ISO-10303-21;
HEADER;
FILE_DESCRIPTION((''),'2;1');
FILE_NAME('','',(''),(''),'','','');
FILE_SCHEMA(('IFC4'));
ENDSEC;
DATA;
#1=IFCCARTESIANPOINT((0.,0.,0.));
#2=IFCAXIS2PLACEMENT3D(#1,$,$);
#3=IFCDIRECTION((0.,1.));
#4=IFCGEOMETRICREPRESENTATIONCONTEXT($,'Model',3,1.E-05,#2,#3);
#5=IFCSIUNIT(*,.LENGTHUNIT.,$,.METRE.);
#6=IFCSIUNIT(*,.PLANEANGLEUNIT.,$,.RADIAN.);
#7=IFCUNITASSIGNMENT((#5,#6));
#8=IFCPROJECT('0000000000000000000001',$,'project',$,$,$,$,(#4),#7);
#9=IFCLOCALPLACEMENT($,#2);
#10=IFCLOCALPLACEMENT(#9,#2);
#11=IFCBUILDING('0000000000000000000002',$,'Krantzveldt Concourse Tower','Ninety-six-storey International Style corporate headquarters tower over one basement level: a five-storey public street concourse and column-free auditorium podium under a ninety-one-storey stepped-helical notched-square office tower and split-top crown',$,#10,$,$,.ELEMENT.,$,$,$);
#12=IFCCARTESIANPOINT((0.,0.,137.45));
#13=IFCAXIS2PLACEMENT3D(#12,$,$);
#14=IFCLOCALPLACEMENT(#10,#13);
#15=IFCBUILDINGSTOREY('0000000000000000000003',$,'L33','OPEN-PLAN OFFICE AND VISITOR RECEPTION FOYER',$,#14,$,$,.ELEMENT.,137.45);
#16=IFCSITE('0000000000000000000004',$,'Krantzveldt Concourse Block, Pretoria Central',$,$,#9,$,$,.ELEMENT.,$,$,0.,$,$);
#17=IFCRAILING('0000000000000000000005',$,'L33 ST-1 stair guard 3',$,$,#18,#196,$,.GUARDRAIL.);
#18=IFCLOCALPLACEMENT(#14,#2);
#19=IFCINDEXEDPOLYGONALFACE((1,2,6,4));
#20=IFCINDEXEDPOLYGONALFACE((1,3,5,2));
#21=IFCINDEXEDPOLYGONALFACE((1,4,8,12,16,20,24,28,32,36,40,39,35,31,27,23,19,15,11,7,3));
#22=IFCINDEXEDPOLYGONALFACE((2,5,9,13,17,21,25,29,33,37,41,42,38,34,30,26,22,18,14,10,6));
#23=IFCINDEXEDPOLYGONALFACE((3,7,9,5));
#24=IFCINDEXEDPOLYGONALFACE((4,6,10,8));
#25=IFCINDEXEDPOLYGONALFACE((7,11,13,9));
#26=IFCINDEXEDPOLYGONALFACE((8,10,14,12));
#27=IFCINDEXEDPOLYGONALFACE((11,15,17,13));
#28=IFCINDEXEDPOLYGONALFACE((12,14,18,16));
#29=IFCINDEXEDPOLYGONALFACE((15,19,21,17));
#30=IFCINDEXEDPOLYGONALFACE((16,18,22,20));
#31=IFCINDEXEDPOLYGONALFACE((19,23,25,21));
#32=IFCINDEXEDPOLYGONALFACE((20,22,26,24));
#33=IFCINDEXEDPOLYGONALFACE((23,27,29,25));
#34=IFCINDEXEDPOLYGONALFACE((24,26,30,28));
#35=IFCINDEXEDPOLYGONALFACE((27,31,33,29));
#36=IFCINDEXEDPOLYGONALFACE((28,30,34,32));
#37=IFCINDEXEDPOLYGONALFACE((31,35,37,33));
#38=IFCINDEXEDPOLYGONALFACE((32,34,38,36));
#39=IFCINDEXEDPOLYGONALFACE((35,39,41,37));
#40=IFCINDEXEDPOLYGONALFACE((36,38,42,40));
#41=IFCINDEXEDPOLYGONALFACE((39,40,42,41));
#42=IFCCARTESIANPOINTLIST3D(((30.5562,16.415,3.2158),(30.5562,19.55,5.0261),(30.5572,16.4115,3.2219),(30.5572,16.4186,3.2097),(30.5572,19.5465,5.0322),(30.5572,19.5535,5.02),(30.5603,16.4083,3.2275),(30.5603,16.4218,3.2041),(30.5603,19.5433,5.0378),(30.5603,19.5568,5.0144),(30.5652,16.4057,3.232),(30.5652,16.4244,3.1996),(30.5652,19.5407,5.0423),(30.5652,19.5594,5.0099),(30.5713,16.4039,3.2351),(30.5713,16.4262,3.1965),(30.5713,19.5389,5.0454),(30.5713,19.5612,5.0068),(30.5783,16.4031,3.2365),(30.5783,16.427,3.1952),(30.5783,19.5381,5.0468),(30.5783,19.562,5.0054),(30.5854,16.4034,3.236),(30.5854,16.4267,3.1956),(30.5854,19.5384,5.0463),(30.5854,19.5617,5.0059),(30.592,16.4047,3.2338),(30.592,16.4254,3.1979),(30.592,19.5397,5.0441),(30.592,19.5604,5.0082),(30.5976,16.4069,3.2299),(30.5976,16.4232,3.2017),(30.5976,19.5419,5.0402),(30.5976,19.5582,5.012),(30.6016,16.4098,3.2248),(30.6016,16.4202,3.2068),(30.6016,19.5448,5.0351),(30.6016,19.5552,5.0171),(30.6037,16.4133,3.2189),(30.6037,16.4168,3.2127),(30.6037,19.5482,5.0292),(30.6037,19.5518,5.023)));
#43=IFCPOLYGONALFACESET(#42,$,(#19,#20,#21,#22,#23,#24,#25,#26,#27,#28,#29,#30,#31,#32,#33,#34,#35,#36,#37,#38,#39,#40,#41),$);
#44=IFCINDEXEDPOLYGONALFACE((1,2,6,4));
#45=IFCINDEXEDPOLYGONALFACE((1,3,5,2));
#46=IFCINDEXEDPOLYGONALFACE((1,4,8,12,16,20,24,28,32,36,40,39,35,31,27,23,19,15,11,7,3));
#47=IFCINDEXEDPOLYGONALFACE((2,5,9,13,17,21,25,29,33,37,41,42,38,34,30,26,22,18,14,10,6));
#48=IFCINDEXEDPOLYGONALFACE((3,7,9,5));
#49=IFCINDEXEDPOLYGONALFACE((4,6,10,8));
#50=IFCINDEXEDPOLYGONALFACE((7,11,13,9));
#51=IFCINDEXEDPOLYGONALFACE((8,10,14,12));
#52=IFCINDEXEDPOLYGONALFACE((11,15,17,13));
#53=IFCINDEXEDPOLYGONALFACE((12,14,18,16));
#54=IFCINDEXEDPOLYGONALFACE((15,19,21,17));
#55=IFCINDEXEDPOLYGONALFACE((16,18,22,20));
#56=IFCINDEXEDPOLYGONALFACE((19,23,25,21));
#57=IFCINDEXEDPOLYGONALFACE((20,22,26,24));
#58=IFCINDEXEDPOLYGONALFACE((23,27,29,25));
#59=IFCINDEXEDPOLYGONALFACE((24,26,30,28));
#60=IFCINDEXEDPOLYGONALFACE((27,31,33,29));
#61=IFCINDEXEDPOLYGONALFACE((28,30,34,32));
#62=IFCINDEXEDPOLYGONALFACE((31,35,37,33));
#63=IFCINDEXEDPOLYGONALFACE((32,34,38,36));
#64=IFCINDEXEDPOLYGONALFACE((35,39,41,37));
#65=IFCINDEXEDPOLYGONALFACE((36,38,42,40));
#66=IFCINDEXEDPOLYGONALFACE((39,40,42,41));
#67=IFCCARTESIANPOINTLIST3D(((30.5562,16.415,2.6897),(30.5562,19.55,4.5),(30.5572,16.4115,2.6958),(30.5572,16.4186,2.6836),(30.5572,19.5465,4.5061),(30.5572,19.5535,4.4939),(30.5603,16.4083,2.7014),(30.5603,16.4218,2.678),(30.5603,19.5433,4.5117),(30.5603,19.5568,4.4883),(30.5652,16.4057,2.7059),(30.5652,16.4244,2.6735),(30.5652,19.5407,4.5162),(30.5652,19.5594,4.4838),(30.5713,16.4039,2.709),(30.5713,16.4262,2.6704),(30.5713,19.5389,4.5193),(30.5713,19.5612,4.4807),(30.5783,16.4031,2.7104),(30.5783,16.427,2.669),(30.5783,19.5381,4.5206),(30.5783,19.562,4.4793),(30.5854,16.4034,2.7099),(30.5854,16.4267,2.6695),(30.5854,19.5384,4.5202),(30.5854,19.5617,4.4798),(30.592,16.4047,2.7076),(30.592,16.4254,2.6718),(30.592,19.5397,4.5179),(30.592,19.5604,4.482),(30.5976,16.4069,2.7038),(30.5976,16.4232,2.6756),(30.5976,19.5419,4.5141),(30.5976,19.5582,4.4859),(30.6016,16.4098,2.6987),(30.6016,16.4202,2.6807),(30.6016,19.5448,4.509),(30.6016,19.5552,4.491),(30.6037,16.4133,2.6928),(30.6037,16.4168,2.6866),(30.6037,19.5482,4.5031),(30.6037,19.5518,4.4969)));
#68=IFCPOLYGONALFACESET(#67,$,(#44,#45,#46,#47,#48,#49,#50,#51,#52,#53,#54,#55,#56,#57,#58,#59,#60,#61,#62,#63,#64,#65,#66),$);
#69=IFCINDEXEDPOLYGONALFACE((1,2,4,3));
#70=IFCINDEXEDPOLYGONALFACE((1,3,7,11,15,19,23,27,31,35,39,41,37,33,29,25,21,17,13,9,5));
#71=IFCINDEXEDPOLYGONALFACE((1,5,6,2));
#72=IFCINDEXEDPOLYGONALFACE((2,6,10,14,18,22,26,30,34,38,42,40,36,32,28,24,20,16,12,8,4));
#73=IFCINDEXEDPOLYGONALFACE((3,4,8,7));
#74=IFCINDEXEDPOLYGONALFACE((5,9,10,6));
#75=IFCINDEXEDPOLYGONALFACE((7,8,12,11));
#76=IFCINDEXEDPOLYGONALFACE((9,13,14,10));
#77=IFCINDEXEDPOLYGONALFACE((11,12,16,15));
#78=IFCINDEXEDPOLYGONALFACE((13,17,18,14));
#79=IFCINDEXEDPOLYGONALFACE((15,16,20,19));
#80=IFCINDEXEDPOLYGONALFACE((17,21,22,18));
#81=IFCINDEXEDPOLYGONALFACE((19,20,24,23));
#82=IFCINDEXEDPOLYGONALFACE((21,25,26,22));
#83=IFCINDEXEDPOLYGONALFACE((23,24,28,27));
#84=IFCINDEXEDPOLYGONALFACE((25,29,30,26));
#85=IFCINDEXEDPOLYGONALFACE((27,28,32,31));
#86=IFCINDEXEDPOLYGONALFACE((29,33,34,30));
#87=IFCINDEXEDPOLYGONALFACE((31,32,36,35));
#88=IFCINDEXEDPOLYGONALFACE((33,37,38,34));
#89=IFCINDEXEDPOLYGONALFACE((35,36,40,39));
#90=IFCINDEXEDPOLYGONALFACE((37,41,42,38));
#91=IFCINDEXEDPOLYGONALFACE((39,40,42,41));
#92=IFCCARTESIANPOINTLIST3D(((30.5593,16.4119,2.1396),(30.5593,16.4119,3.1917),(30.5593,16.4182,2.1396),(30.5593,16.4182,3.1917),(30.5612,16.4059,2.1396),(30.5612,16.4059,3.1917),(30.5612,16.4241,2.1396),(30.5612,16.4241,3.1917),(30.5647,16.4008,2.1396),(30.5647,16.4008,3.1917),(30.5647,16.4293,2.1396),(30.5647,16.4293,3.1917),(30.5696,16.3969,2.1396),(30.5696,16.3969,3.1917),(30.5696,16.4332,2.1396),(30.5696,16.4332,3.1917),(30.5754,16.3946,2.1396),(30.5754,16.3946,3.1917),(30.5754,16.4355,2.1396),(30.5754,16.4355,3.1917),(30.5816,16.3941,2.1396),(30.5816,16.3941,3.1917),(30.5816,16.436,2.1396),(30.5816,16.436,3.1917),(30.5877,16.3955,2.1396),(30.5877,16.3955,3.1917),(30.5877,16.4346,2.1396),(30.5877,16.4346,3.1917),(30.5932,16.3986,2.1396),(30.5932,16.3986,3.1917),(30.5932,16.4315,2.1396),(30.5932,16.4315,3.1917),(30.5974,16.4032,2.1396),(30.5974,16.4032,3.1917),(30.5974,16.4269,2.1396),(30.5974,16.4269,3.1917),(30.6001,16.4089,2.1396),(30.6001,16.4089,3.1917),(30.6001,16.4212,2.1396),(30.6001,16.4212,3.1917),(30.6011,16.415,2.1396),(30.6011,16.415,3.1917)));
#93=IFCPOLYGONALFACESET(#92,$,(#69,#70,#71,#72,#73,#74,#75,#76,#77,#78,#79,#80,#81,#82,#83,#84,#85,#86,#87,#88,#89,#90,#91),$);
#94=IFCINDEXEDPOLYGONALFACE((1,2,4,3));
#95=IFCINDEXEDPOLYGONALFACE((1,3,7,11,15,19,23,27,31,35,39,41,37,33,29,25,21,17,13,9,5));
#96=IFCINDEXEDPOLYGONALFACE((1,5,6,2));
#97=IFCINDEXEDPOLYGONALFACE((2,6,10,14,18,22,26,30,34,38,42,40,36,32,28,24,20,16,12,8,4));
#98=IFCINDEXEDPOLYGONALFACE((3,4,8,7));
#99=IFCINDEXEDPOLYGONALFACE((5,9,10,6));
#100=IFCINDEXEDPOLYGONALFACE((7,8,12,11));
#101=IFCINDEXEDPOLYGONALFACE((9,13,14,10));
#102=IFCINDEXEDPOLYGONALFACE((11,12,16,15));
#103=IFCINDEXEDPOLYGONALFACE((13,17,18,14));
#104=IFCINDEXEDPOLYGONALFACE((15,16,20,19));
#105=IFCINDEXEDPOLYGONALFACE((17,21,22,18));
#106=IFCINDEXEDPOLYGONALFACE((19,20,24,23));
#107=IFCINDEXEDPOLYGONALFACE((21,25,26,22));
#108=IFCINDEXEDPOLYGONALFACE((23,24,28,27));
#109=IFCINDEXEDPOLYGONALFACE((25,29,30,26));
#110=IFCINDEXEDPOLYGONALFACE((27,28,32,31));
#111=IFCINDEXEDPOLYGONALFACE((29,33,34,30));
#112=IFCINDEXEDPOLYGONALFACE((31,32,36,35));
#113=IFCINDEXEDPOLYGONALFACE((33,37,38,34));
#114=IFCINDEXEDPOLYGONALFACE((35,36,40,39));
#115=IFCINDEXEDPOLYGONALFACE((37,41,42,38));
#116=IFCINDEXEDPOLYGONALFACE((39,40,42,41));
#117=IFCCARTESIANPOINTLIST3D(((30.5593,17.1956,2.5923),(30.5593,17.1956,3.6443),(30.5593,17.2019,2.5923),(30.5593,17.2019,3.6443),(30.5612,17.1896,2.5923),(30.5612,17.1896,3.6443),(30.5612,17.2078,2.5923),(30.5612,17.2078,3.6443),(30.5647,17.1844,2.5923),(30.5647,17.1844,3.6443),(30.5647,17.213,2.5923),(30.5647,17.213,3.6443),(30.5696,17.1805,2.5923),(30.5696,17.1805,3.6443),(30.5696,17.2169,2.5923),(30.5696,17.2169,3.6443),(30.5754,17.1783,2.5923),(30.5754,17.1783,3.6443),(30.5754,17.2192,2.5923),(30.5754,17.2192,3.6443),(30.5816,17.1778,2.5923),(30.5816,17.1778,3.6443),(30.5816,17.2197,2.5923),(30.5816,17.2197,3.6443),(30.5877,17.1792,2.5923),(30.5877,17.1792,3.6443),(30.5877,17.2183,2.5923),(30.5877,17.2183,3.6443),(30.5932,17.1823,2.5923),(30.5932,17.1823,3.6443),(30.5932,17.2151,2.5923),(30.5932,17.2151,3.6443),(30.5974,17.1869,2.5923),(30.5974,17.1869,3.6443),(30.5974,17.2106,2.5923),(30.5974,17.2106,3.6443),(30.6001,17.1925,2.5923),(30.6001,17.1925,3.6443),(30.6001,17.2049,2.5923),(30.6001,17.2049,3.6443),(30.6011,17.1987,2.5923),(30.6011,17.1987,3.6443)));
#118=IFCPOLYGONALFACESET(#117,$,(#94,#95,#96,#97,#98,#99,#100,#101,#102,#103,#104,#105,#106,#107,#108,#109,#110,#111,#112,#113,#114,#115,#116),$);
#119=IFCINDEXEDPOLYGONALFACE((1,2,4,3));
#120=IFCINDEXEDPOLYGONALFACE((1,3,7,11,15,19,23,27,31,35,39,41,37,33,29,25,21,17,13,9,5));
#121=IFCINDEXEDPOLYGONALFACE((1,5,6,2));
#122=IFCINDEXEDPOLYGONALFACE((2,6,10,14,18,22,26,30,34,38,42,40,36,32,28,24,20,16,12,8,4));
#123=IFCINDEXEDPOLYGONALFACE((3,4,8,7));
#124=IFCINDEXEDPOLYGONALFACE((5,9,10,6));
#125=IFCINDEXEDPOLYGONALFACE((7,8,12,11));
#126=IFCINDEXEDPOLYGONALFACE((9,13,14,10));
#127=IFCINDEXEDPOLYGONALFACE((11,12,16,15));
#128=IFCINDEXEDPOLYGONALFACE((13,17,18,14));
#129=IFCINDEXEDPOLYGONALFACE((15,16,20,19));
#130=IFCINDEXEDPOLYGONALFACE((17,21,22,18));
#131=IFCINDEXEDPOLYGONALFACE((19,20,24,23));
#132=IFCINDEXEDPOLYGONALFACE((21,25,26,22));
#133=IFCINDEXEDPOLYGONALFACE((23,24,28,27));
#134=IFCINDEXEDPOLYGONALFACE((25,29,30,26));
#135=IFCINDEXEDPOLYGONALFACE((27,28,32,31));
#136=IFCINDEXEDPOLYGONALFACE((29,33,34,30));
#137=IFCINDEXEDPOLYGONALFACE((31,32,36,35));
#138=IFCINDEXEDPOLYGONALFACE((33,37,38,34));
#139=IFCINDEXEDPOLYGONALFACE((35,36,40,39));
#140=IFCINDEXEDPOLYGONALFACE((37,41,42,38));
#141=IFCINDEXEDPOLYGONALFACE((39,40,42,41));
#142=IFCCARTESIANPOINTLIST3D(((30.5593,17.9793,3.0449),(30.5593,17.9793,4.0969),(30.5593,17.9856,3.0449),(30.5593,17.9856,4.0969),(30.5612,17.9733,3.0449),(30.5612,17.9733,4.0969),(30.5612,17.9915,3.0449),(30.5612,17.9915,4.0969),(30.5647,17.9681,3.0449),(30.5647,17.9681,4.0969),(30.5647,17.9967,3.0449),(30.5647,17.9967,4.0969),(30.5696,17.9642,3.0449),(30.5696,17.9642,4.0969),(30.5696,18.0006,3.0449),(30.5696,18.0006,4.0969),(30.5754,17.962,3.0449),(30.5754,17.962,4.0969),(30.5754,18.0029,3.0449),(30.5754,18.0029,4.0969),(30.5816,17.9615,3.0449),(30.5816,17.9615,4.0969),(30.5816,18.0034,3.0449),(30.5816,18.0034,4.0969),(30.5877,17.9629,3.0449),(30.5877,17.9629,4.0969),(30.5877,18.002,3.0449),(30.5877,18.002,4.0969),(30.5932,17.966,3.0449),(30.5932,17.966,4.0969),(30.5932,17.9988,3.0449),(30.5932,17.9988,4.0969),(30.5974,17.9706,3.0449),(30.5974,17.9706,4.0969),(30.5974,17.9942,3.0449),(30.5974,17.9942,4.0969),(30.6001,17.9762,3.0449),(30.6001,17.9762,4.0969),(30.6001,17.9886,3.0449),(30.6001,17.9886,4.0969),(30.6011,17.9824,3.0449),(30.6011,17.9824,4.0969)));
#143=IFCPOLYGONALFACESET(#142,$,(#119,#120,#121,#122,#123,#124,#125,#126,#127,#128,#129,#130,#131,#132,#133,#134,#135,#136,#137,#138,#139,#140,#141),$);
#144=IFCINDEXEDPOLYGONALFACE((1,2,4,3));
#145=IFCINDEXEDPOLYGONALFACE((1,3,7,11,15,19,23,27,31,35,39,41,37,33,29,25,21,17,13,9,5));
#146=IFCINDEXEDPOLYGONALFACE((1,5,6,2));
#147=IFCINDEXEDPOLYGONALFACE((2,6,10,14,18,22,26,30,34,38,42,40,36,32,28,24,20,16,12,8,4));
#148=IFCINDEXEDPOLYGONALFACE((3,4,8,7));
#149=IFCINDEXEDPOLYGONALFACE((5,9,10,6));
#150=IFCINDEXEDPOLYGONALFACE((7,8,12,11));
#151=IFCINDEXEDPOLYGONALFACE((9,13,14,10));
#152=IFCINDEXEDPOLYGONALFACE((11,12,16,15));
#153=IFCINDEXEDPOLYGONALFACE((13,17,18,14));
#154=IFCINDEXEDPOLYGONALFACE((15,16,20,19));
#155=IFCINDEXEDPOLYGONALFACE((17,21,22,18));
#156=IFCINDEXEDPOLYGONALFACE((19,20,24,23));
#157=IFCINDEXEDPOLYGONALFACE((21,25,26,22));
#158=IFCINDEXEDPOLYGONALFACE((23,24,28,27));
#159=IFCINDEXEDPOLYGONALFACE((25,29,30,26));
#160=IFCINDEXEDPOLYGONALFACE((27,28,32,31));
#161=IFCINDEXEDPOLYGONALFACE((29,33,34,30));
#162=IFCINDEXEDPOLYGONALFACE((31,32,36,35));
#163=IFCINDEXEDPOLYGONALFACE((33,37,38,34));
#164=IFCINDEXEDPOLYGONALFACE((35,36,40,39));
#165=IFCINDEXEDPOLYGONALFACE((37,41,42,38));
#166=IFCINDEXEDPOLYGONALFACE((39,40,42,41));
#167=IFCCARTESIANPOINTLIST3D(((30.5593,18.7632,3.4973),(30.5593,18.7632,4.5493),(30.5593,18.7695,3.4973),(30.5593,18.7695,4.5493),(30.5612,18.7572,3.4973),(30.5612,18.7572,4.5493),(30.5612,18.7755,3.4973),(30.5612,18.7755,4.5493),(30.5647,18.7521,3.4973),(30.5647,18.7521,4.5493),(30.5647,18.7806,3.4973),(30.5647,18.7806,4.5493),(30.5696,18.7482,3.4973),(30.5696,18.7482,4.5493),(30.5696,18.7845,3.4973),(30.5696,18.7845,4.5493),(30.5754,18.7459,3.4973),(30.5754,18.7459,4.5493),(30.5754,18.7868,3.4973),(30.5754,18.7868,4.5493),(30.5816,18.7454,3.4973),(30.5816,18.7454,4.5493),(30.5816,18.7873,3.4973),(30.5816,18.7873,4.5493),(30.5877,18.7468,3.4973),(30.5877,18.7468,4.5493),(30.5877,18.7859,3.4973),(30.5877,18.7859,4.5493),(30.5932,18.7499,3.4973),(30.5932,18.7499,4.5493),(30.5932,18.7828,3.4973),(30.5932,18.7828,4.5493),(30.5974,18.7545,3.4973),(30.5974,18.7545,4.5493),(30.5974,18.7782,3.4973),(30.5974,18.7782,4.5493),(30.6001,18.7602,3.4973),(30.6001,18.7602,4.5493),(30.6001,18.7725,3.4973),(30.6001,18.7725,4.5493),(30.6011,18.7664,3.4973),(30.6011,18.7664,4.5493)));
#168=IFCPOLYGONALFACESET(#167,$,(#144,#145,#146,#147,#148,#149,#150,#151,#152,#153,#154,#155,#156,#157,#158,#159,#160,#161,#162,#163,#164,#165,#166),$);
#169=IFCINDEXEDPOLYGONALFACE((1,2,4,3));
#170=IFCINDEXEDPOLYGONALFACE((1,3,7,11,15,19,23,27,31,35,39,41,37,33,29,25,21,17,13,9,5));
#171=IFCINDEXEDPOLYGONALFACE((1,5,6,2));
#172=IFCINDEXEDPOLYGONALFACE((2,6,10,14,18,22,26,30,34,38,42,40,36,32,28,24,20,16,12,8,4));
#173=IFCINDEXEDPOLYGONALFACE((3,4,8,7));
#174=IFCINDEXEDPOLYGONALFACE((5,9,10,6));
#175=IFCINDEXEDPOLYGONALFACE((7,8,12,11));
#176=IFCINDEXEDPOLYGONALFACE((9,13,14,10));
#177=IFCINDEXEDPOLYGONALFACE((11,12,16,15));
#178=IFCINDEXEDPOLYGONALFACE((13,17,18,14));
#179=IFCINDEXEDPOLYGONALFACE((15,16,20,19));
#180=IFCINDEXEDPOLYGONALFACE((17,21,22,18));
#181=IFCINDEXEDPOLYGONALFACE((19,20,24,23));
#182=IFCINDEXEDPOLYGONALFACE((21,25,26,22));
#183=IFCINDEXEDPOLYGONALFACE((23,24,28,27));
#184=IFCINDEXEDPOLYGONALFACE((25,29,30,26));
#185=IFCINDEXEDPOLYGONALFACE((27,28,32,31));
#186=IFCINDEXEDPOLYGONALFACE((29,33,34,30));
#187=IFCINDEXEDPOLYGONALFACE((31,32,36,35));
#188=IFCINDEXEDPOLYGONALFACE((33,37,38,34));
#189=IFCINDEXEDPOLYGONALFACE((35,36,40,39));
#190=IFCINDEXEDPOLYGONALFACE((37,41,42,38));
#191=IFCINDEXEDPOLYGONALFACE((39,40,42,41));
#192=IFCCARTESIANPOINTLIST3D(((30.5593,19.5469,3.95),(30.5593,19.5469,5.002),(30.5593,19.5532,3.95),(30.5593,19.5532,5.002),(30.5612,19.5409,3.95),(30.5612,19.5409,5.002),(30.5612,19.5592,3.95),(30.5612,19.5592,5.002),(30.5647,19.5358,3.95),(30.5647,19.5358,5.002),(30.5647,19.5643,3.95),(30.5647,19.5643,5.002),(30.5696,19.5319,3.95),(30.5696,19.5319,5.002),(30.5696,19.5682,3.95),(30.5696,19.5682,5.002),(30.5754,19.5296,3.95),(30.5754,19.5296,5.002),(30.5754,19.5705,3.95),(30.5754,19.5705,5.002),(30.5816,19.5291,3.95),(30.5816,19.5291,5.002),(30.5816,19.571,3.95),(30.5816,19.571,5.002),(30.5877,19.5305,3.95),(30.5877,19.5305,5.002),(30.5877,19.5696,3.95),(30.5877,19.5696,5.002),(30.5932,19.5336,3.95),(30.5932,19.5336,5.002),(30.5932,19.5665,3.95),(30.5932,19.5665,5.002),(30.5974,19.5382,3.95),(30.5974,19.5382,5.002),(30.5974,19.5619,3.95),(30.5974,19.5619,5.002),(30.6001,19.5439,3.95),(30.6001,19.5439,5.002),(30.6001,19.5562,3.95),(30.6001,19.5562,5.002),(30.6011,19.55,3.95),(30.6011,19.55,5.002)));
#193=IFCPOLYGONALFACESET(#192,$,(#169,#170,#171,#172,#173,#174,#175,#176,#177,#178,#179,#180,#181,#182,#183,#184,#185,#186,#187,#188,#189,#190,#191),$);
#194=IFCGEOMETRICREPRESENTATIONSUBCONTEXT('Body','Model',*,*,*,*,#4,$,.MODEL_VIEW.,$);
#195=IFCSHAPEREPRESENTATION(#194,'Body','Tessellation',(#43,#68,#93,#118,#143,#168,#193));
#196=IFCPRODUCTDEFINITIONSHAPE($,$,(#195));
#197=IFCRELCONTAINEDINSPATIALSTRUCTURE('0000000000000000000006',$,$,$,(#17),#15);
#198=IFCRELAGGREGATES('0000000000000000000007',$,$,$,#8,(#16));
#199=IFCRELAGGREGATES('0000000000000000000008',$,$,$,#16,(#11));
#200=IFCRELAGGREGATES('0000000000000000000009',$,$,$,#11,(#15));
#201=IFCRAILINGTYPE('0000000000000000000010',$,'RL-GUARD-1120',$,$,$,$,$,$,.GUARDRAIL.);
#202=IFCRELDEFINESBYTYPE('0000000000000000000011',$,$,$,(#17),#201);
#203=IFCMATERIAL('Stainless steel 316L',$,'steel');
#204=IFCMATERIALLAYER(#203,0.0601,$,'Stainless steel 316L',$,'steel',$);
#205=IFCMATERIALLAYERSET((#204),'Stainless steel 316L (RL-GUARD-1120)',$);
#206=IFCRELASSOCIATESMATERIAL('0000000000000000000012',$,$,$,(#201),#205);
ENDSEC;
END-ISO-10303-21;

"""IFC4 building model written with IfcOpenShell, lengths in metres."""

from ifc_helpers import new_model, si_unit, direction, frame, origin, origin_2d, place, context, subcontext, project, spatial, circle, extrude, material, layer, layer_set, type_object, element, save


model = new_model("IFC4")

# Units and contexts
model_context = context("Model", 3, precision=1e-05, world=origin(), true_north=direction((0.0, 1.0)))
body_context = subcontext(model_context, "Body", "Model", "MODEL_VIEW")
ifc_project = project(units=[si_unit("LENGTHUNIT", "METRE"), si_unit("PLANEANGLEUNIT", "RADIAN")], contexts=[model_context])

# Site, building, storey
site_placement = place(None, origin())
site = spatial("IfcSite", under=ifc_project, at=site_placement, Name="Krantzveldt Concourse Block, Pretoria Central", CompositionType="ELEMENT", RefElevation=0.0)
building_placement = place(site_placement, origin())
building = spatial("IfcBuilding", under=site, at=building_placement, Name="Krantzveldt Concourse Tower", Description="Ninety-six-storey International Style corporate headquarters tower over one basement level: a five-storey public street concourse and column-free auditorium podium under a ninety-one-storey stepped-helical notched-square office tower and split-top crown", CompositionType="ELEMENT")
storey_placement = place(building_placement, frame((0.0, 0.0, 137.45)))
storey = spatial("IfcBuildingStorey", under=building, at=storey_placement, Name="L33", Description="OPEN-PLAN OFFICE AND VISITOR RECEPTION FOYER", CompositionType="ELEMENT", Elevation=137.45)

# Shared definitions
ifc_material_1 = material(Name="Stainless steel 316L", Category="steel")

# Railing
ifc_layer_1 = layer(ifc_material_1, 0.0601, Name="Stainless steel 316L", Category="steel")
ifc_layer_set_1 = layer_set([ifc_layer_1], Name="Stainless steel 316L (RL-GUARD-1120)")
railing_type_1 = type_object("IfcRailingType", Name="RL-GUARD-1120", PredefinedType="GUARDRAIL", material=ifc_layer_set_1)
railing_1_placement = place(storey_placement, frame((30.5801, 16.415, 2.1396)))
element("IfcRailing", 1, at=railing_1_placement, inside=storey, type_object=railing_type_1, Name="L33 ST-1 stair guard 3", PredefinedType="GUARDRAIL", context=body_context, shape_type="SweptSolid", body=[
    extrude(circle(Radius=0.0239, at=origin_2d()), frame((0.0, 0.0, 1.0762), z_axis=(0.0, 0.865989, 0.500063), x_axis=(-1.0, 0.0, 0.0)), (0.0, 0.0, 1.0), 3.6201),
    extrude(circle(Radius=0.0239, at=origin_2d()), frame((0.0, 0.0, 0.55), z_axis=(0.0, 0.865989, 0.500063), x_axis=(-1.0, 0.0, 0.0)), (0.0, 0.0, 1.0), 3.6201),
    extrude(circle(Radius=0.021, at=origin_2d()), origin(), (0.0, 0.0, 1.0), 1.052),
    extrude(circle(Radius=0.021, at=origin_2d()), frame((0.0, 0.7837, 0.4526)), (0.0, 0.0, 1.0), 1.052),
    extrude(circle(Radius=0.021, at=origin_2d()), frame((0.0, 1.5674, 0.9053)), (0.0, 0.0, 1.0), 1.052),
    extrude(circle(Radius=0.021, at=origin_2d()), frame((0.0, 2.3513, 1.3577)), (0.0, 0.0, 1.0), 1.052),
    extrude(circle(Radius=0.021, at=origin_2d()), frame((0.0, 3.135, 1.8103)), (0.0, 0.0, 1.0), 1.052),
])

save(model, "model.ifc")
